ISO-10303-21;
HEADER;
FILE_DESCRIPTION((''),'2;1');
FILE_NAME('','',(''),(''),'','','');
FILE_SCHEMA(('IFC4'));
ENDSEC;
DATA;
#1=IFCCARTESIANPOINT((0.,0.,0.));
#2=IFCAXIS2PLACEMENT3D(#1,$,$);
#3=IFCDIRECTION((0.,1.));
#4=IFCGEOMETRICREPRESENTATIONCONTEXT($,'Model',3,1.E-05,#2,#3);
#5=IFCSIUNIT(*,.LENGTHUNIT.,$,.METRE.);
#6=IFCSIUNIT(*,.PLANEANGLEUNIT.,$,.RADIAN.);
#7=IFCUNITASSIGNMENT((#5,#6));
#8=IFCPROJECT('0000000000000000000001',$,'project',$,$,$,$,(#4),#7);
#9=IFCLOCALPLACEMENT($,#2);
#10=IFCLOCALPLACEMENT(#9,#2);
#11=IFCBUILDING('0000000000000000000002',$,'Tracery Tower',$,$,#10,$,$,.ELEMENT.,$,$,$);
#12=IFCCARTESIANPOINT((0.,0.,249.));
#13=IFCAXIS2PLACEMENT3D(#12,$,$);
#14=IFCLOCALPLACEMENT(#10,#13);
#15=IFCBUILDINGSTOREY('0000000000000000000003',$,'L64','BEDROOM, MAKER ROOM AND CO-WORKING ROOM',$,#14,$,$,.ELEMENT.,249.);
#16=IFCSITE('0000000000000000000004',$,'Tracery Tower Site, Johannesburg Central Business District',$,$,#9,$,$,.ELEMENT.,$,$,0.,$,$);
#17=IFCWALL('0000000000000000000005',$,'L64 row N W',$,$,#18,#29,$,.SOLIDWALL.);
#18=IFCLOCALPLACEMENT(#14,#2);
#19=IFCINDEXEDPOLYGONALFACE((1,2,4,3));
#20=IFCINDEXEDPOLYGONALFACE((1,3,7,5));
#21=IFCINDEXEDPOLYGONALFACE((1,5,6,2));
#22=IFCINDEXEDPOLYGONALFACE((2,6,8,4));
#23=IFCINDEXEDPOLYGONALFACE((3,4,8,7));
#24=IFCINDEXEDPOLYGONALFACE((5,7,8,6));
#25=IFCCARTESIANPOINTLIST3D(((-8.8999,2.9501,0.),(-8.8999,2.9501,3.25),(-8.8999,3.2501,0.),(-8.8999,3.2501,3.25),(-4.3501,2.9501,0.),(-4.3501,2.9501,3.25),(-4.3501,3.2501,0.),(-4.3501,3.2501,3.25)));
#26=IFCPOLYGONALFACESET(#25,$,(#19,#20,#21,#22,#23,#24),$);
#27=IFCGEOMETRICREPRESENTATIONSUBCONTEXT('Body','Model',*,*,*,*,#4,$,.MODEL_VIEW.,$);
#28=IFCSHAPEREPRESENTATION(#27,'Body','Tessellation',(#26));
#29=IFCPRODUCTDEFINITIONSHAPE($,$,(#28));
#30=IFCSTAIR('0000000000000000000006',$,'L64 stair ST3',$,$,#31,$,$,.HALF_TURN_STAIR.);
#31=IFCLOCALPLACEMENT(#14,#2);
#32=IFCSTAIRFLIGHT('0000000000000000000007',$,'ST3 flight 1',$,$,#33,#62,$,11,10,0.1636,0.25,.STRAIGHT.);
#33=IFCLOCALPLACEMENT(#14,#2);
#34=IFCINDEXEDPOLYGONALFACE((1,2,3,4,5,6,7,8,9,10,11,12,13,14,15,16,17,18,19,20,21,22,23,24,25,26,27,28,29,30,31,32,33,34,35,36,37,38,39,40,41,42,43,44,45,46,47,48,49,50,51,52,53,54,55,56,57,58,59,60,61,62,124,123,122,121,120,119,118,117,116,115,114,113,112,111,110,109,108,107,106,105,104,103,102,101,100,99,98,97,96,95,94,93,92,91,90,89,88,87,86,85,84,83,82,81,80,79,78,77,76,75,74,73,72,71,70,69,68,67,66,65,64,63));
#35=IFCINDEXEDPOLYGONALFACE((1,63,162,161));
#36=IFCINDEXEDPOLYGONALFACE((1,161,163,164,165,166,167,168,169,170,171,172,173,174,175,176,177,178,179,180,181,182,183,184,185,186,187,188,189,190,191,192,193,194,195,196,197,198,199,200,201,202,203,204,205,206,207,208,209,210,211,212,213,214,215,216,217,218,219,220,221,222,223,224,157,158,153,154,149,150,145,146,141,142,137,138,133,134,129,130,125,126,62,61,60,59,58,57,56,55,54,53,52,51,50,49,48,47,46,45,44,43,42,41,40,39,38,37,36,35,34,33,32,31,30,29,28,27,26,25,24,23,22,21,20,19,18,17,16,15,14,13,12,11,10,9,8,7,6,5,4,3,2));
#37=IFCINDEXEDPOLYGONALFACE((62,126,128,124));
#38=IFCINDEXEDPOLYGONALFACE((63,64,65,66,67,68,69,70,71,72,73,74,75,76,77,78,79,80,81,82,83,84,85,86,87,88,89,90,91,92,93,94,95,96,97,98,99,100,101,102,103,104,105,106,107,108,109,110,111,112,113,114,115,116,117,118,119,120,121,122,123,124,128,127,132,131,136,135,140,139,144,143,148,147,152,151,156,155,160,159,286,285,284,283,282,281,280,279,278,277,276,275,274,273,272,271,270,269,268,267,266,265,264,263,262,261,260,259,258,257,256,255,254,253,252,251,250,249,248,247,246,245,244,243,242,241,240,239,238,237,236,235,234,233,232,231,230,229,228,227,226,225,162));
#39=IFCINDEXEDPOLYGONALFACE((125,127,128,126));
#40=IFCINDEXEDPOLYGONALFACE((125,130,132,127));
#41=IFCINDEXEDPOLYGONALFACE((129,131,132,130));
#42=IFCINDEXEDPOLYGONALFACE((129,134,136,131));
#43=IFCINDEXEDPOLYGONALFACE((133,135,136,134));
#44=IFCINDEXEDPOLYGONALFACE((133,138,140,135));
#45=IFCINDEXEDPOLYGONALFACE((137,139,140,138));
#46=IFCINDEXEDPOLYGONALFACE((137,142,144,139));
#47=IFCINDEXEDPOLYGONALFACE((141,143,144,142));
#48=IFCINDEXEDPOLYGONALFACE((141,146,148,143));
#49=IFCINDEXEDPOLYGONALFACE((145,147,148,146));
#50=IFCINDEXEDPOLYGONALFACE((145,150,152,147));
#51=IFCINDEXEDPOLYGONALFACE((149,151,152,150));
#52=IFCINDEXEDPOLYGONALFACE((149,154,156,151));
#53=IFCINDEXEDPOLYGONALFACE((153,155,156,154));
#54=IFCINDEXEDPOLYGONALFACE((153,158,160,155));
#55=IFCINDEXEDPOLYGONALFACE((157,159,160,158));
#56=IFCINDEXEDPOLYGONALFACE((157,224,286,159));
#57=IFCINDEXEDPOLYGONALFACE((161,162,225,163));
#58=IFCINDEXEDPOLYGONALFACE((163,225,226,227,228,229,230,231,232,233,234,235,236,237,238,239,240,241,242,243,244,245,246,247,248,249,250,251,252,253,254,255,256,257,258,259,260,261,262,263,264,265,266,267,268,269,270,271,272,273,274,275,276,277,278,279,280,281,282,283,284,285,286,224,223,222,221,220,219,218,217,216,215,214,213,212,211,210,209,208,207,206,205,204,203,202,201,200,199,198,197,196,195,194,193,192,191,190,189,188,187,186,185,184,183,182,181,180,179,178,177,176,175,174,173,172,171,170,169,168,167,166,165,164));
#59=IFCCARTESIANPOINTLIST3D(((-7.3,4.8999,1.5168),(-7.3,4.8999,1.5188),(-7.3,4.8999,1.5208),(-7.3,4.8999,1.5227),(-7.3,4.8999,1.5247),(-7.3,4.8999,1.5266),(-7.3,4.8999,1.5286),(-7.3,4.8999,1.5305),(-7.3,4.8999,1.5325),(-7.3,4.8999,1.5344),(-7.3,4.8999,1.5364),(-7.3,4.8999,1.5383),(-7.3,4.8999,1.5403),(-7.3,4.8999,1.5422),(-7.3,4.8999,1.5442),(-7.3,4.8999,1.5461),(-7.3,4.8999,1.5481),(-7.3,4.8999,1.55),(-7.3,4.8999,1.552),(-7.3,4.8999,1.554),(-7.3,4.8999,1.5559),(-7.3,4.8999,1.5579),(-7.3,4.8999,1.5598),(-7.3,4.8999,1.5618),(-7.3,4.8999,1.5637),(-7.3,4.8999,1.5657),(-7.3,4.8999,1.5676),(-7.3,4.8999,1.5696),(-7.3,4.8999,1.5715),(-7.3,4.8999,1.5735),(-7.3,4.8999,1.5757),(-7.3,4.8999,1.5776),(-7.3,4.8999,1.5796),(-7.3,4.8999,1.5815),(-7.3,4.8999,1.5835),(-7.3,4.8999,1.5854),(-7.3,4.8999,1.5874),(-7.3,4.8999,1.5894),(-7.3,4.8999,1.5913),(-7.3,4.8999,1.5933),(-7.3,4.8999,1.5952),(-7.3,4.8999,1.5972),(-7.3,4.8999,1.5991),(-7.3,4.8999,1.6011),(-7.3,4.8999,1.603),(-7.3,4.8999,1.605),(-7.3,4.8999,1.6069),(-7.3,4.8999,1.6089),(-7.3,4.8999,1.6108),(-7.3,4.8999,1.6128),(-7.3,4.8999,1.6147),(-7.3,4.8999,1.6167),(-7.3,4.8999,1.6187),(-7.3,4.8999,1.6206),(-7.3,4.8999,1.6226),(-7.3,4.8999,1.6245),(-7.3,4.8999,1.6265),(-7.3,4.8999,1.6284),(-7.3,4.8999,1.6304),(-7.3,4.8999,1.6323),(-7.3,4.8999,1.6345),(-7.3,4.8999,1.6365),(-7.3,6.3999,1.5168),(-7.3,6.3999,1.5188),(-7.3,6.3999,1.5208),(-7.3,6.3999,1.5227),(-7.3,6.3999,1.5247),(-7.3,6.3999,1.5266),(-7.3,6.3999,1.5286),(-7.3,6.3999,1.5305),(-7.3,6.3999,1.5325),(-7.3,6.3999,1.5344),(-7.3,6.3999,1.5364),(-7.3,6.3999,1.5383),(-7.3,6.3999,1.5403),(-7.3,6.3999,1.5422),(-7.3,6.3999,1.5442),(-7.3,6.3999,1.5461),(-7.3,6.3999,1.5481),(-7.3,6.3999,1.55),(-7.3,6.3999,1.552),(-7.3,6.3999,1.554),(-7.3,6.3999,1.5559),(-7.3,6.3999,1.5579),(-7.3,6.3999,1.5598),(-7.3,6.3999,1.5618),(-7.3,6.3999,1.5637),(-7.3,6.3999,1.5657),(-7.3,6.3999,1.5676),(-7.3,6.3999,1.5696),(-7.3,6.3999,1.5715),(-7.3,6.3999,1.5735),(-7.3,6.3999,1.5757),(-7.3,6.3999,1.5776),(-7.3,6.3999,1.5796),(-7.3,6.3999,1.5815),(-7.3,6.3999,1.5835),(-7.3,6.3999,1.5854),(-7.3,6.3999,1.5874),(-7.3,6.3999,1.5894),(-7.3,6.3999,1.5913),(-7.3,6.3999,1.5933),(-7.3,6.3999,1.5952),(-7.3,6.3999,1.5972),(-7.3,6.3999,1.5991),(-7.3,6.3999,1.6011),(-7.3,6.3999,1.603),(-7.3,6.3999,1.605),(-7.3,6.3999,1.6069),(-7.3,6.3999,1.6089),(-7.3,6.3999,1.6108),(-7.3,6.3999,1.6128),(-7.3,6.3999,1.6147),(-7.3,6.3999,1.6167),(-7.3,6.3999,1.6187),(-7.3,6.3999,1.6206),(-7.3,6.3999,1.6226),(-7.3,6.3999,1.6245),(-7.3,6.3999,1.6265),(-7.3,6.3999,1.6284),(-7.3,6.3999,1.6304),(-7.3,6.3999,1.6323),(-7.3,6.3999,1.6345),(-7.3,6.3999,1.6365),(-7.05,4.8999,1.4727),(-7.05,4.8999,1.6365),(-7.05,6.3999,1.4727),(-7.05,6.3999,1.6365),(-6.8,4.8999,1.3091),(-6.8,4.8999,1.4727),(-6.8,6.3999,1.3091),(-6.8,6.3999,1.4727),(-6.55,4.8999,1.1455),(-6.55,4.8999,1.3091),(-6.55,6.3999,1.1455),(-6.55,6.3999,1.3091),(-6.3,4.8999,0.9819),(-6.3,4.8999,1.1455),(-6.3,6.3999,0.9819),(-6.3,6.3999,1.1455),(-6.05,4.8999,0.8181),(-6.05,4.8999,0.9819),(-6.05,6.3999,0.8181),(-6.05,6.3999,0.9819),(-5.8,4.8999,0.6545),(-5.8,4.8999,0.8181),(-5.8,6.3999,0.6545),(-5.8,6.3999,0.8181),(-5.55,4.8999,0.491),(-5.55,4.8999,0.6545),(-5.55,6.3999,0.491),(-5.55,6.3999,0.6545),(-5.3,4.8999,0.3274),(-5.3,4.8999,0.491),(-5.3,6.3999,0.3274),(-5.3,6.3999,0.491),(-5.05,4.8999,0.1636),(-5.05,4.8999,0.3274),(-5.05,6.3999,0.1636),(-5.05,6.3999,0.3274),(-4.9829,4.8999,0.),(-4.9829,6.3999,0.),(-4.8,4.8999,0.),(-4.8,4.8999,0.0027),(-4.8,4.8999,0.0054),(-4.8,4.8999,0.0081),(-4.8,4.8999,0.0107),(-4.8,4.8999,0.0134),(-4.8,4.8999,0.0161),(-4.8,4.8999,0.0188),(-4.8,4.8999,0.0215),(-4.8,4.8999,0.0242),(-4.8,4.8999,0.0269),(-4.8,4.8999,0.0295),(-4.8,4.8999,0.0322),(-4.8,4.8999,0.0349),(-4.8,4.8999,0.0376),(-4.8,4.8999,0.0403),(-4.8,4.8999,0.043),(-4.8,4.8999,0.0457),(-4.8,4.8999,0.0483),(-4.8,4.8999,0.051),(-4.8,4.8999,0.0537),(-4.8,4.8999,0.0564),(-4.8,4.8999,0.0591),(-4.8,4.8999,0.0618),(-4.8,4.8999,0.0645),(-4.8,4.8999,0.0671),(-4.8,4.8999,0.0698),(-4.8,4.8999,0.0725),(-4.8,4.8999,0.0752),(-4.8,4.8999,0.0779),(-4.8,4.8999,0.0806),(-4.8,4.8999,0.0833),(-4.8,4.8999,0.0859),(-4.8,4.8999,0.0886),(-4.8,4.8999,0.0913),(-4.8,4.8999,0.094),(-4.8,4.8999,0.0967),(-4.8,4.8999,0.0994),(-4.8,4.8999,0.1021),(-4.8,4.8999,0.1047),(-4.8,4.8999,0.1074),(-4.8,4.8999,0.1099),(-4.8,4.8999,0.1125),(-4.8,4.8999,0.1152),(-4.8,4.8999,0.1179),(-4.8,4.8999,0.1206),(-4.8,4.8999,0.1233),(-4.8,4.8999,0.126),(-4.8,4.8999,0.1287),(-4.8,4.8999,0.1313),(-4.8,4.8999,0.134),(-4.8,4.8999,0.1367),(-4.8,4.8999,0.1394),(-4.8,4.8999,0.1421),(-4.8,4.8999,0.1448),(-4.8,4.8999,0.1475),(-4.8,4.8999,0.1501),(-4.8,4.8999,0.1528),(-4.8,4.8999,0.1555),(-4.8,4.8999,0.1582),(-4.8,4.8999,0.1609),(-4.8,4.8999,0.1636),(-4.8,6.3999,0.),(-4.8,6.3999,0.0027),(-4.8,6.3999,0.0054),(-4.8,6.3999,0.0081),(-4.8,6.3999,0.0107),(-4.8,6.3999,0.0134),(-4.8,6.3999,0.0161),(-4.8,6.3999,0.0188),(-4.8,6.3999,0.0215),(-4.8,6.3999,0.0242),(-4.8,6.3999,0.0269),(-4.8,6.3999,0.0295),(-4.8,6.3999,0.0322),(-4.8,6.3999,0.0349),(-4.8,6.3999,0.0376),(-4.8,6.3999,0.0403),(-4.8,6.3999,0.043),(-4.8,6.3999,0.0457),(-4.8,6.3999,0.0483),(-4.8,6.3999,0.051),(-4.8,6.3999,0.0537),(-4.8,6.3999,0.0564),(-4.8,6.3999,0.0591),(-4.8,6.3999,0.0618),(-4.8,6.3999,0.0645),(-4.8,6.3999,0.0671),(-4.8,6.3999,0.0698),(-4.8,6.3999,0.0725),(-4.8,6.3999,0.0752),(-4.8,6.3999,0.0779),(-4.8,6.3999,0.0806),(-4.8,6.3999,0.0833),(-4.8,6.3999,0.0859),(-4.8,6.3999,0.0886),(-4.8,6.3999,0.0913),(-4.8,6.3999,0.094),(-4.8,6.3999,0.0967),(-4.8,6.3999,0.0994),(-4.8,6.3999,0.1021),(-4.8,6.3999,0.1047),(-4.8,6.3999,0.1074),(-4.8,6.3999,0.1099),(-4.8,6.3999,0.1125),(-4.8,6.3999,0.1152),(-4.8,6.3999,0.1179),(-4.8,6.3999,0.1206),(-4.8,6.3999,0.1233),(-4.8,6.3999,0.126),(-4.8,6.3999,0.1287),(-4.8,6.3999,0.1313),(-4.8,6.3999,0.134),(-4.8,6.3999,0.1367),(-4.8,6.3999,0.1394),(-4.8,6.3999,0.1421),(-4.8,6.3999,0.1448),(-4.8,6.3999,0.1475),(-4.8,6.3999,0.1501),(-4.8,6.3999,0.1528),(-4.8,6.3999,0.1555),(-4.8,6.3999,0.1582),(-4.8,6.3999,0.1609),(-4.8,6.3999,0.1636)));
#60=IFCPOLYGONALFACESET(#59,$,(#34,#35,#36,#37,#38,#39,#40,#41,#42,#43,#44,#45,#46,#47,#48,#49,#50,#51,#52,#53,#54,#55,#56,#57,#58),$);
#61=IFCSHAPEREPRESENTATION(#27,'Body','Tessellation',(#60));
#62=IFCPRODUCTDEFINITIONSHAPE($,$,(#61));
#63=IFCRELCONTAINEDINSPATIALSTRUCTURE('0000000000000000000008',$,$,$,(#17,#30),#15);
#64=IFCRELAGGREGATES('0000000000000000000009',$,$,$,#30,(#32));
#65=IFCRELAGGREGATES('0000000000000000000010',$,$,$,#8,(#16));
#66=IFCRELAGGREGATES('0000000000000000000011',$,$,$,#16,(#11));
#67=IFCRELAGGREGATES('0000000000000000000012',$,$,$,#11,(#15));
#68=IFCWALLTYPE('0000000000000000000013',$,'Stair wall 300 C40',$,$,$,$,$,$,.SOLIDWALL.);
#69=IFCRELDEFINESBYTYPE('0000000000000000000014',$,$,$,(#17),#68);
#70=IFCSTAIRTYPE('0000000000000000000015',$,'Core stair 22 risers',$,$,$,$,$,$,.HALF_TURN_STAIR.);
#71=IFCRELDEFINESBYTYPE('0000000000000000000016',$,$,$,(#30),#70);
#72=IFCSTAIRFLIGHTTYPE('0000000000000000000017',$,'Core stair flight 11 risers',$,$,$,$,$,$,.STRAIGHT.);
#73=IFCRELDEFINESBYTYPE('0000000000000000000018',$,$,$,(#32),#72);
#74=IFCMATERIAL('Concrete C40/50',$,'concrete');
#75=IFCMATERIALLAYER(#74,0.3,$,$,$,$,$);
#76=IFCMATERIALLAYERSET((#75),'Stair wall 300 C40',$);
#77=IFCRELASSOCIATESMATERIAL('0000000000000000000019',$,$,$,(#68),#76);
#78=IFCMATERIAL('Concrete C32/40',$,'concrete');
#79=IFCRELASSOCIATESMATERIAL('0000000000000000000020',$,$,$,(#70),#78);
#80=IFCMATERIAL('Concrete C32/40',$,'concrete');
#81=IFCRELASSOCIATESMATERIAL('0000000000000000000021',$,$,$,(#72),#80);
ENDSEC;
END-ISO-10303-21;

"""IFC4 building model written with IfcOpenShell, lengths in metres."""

from ifc_helpers import new_model, si_unit, direction, frame, frame_2d, origin, place, context, subcontext, project, spatial, polyline, rectangle, outline, extrude, material, layer, layer_set, type_object, element, aggregate, save


model = new_model("IFC4")

# Units and contexts
model_context = context("Model", 3, precision=1e-05, world=origin(), true_north=direction((0.0, 1.0)))
body_context = subcontext(model_context, "Body", "Model", "MODEL_VIEW")
ifc_project = project(units=[si_unit("LENGTHUNIT", "METRE"), si_unit("PLANEANGLEUNIT", "RADIAN")], contexts=[model_context])

# Site, building, storey
site_placement = place(None, origin())
site = spatial("IfcSite", under=ifc_project, at=site_placement, Name="Tracery Tower Site, Johannesburg Central Business District", CompositionType="ELEMENT", RefElevation=0.0)
building_placement = place(site_placement, origin())
building = spatial("IfcBuilding", under=site, at=building_placement, Name="Tracery Tower", CompositionType="ELEMENT")
storey_placement = place(building_placement, frame((0.0, 0.0, 249.0)))
storey = spatial("IfcBuildingStorey", under=building, at=storey_placement, Name="L64", Description="BEDROOM, MAKER ROOM AND CO-WORKING ROOM", CompositionType="ELEMENT", Elevation=249.0)

# Wall
ifc_material_1 = material(Name="Concrete C40/50", Category="concrete")
ifc_layer_1 = layer(ifc_material_1, 0.3)
ifc_layer_set_1 = layer_set([ifc_layer_1], Name="Stair wall 300 C40")
wall_type_1 = type_object("IfcWallType", Name="Stair wall 300 C40", PredefinedType="SOLIDWALL", material=ifc_layer_set_1)
wall_1_placement = place(storey_placement, frame((-8.8999, 3.1001, 0.0), z_axis=(0.0, 0.0, 1.0), x_axis=(1.0, 0.0, 0.0)))
element("IfcWall", 1, at=wall_1_placement, inside=storey, type_object=wall_type_1, Name="L64 row N W", PredefinedType="SOLIDWALL", context=body_context, shape_type="SweptSolid", body=[
    extrude(rectangle(XDim=4.5498, YDim=0.3, at=frame_2d((2.2749, 0.0))), origin(), (0.0, 0.0, 1.0), 3.25),
])

# Stair, stair flight
ifc_material_2 = material(Name="Concrete C32/40", Category="concrete")
stair_type = type_object("IfcStairType", Name="Core stair 22 risers", PredefinedType="HALF_TURN_STAIR", material=ifc_material_2)
stair_placement = place(storey_placement, origin())
stair = element("IfcStair", 2, at=stair_placement, inside=storey, type_object=stair_type, Name="L64 stair ST3", PredefinedType="HALF_TURN_STAIR")
ifc_material_3 = material(Name="Concrete C32/40", Category="concrete")
stair_flight_type = type_object("IfcStairFlightType", Name="Core stair flight 11 risers", PredefinedType="STRAIGHT", material=ifc_material_3)
stair_flight_1_placement = place(storey_placement, frame((-4.8, 5.6499, 0.0), z_axis=(0.0, 0.0, 1.0), x_axis=(-1.0, 0.0, 0.0)))
stair_flight_1 = element("IfcStairFlight", 3, at=stair_flight_1_placement, type_object=stair_flight_type, Name="ST3 flight 1", NumberOfRisers=11, NumberOfTreads=10, PredefinedType="STRAIGHT", RiserHeight=0.1636, TreadLength=0.25, context=body_context, shape_type="SweptSolid", body=[
    extrude(outline(polyline([(0.0, 0.0), (0.0, 0.0027), (0.0, 0.0054), (0.0, 0.0081), (0.0, 0.0107), (0.0, 0.0134), (0.0, 0.0161), (0.0, 0.0188), (0.0, 0.0215), (0.0, 0.0242), (0.0, 0.0269), (0.0, 0.0295), (0.0, 0.0322), (0.0, 0.0349), (0.0, 0.0376), (0.0, 0.0403), (0.0, 0.043), (0.0, 0.0457), (0.0, 0.0483), (0.0, 0.051), (0.0, 0.0537), (0.0, 0.0564), (0.0, 0.0591), (0.0, 0.0618), (0.0, 0.0645), (0.0, 0.0671), (0.0, 0.0698), (0.0, 0.0725), (0.0, 0.0752), (0.0, 0.0779), (0.0, 0.0806), (0.0, 0.0833), (0.0, 0.0859), (0.0, 0.0886), (0.0, 0.0913), (0.0, 0.094), (0.0, 0.0967), (0.0, 0.0994), (0.0, 0.1021), (0.0, 0.1047), (0.0, 0.1074), (0.0, 0.1099), (0.0, 0.1125), (0.0, 0.1152), (0.0, 0.1179), (0.0, 0.1206), (0.0, 0.1233), (0.0, 0.126), (0.0, 0.1287), (0.0, 0.1313), (0.0, 0.134), (0.0, 0.1367), (0.0, 0.1394), (0.0, 0.1421), (0.0, 0.1448), (0.0, 0.1475), (0.0, 0.1501), (0.0, 0.1528), (0.0, 0.1555), (0.0, 0.1582), (0.0, 0.1609), (0.0, 0.1636), (0.25, 0.1636), (0.25, 0.3274), (0.5, 0.3274), (0.5, 0.491), (0.75, 0.491), (0.75, 0.6545), (1.0, 0.6545), (1.0, 0.8181), (1.25, 0.8181), (1.25, 0.9819), (1.5, 0.9819), (1.5, 1.1455), (1.75, 1.1455), (1.75, 1.3091), (2.0, 1.3091), (2.0, 1.4727), (2.25, 1.4727), (2.25, 1.6365), (2.5, 1.6365), (2.5, 1.6345), (2.5, 1.6323), (2.5, 1.6304), (2.5, 1.6284), (2.5, 1.6265), (2.5, 1.6245), (2.5, 1.6226), (2.5, 1.6206), (2.5, 1.6187), (2.5, 1.6167), (2.5, 1.6147), (2.5, 1.6128), (2.5, 1.6108), (2.5, 1.6089), (2.5, 1.6069), (2.5, 1.605), (2.5, 1.603), (2.5, 1.6011), (2.5, 1.5991), (2.5, 1.5972), (2.5, 1.5952), (2.5, 1.5933), (2.5, 1.5913), (2.5, 1.5894), (2.5, 1.5874), (2.5, 1.5854), (2.5, 1.5835), (2.5, 1.5815), (2.5, 1.5796), (2.5, 1.5776), (2.5, 1.5757), (2.5, 1.5735), (2.5, 1.5715), (2.5, 1.5696), (2.5, 1.5676), (2.5, 1.5657), (2.5, 1.5637), (2.5, 1.5618), (2.5, 1.5598), (2.5, 1.5579), (2.5, 1.5559), (2.5, 1.554), (2.5, 1.552), (2.5, 1.55), (2.5, 1.5481), (2.5, 1.5461), (2.5, 1.5442), (2.5, 1.5422), (2.5, 1.5403), (2.5, 1.5383), (2.5, 1.5364), (2.5, 1.5344), (2.5, 1.5325), (2.5, 1.5305), (2.5, 1.5286), (2.5, 1.5266), (2.5, 1.5247), (2.5, 1.5227), (2.5, 1.5208), (2.5, 1.5188), (2.5, 1.5168), (0.1829, 0.0), (0.0, 0.0)])), frame((0.0, 0.75, 0.0), z_axis=(0.0, -1.0, 0.0), x_axis=(1.0, 0.0, 0.0)), (0.0, 0.0, 1.0), 1.5),
])
aggregate(stair, [stair_flight_1])

save(model, "model.ifc")
